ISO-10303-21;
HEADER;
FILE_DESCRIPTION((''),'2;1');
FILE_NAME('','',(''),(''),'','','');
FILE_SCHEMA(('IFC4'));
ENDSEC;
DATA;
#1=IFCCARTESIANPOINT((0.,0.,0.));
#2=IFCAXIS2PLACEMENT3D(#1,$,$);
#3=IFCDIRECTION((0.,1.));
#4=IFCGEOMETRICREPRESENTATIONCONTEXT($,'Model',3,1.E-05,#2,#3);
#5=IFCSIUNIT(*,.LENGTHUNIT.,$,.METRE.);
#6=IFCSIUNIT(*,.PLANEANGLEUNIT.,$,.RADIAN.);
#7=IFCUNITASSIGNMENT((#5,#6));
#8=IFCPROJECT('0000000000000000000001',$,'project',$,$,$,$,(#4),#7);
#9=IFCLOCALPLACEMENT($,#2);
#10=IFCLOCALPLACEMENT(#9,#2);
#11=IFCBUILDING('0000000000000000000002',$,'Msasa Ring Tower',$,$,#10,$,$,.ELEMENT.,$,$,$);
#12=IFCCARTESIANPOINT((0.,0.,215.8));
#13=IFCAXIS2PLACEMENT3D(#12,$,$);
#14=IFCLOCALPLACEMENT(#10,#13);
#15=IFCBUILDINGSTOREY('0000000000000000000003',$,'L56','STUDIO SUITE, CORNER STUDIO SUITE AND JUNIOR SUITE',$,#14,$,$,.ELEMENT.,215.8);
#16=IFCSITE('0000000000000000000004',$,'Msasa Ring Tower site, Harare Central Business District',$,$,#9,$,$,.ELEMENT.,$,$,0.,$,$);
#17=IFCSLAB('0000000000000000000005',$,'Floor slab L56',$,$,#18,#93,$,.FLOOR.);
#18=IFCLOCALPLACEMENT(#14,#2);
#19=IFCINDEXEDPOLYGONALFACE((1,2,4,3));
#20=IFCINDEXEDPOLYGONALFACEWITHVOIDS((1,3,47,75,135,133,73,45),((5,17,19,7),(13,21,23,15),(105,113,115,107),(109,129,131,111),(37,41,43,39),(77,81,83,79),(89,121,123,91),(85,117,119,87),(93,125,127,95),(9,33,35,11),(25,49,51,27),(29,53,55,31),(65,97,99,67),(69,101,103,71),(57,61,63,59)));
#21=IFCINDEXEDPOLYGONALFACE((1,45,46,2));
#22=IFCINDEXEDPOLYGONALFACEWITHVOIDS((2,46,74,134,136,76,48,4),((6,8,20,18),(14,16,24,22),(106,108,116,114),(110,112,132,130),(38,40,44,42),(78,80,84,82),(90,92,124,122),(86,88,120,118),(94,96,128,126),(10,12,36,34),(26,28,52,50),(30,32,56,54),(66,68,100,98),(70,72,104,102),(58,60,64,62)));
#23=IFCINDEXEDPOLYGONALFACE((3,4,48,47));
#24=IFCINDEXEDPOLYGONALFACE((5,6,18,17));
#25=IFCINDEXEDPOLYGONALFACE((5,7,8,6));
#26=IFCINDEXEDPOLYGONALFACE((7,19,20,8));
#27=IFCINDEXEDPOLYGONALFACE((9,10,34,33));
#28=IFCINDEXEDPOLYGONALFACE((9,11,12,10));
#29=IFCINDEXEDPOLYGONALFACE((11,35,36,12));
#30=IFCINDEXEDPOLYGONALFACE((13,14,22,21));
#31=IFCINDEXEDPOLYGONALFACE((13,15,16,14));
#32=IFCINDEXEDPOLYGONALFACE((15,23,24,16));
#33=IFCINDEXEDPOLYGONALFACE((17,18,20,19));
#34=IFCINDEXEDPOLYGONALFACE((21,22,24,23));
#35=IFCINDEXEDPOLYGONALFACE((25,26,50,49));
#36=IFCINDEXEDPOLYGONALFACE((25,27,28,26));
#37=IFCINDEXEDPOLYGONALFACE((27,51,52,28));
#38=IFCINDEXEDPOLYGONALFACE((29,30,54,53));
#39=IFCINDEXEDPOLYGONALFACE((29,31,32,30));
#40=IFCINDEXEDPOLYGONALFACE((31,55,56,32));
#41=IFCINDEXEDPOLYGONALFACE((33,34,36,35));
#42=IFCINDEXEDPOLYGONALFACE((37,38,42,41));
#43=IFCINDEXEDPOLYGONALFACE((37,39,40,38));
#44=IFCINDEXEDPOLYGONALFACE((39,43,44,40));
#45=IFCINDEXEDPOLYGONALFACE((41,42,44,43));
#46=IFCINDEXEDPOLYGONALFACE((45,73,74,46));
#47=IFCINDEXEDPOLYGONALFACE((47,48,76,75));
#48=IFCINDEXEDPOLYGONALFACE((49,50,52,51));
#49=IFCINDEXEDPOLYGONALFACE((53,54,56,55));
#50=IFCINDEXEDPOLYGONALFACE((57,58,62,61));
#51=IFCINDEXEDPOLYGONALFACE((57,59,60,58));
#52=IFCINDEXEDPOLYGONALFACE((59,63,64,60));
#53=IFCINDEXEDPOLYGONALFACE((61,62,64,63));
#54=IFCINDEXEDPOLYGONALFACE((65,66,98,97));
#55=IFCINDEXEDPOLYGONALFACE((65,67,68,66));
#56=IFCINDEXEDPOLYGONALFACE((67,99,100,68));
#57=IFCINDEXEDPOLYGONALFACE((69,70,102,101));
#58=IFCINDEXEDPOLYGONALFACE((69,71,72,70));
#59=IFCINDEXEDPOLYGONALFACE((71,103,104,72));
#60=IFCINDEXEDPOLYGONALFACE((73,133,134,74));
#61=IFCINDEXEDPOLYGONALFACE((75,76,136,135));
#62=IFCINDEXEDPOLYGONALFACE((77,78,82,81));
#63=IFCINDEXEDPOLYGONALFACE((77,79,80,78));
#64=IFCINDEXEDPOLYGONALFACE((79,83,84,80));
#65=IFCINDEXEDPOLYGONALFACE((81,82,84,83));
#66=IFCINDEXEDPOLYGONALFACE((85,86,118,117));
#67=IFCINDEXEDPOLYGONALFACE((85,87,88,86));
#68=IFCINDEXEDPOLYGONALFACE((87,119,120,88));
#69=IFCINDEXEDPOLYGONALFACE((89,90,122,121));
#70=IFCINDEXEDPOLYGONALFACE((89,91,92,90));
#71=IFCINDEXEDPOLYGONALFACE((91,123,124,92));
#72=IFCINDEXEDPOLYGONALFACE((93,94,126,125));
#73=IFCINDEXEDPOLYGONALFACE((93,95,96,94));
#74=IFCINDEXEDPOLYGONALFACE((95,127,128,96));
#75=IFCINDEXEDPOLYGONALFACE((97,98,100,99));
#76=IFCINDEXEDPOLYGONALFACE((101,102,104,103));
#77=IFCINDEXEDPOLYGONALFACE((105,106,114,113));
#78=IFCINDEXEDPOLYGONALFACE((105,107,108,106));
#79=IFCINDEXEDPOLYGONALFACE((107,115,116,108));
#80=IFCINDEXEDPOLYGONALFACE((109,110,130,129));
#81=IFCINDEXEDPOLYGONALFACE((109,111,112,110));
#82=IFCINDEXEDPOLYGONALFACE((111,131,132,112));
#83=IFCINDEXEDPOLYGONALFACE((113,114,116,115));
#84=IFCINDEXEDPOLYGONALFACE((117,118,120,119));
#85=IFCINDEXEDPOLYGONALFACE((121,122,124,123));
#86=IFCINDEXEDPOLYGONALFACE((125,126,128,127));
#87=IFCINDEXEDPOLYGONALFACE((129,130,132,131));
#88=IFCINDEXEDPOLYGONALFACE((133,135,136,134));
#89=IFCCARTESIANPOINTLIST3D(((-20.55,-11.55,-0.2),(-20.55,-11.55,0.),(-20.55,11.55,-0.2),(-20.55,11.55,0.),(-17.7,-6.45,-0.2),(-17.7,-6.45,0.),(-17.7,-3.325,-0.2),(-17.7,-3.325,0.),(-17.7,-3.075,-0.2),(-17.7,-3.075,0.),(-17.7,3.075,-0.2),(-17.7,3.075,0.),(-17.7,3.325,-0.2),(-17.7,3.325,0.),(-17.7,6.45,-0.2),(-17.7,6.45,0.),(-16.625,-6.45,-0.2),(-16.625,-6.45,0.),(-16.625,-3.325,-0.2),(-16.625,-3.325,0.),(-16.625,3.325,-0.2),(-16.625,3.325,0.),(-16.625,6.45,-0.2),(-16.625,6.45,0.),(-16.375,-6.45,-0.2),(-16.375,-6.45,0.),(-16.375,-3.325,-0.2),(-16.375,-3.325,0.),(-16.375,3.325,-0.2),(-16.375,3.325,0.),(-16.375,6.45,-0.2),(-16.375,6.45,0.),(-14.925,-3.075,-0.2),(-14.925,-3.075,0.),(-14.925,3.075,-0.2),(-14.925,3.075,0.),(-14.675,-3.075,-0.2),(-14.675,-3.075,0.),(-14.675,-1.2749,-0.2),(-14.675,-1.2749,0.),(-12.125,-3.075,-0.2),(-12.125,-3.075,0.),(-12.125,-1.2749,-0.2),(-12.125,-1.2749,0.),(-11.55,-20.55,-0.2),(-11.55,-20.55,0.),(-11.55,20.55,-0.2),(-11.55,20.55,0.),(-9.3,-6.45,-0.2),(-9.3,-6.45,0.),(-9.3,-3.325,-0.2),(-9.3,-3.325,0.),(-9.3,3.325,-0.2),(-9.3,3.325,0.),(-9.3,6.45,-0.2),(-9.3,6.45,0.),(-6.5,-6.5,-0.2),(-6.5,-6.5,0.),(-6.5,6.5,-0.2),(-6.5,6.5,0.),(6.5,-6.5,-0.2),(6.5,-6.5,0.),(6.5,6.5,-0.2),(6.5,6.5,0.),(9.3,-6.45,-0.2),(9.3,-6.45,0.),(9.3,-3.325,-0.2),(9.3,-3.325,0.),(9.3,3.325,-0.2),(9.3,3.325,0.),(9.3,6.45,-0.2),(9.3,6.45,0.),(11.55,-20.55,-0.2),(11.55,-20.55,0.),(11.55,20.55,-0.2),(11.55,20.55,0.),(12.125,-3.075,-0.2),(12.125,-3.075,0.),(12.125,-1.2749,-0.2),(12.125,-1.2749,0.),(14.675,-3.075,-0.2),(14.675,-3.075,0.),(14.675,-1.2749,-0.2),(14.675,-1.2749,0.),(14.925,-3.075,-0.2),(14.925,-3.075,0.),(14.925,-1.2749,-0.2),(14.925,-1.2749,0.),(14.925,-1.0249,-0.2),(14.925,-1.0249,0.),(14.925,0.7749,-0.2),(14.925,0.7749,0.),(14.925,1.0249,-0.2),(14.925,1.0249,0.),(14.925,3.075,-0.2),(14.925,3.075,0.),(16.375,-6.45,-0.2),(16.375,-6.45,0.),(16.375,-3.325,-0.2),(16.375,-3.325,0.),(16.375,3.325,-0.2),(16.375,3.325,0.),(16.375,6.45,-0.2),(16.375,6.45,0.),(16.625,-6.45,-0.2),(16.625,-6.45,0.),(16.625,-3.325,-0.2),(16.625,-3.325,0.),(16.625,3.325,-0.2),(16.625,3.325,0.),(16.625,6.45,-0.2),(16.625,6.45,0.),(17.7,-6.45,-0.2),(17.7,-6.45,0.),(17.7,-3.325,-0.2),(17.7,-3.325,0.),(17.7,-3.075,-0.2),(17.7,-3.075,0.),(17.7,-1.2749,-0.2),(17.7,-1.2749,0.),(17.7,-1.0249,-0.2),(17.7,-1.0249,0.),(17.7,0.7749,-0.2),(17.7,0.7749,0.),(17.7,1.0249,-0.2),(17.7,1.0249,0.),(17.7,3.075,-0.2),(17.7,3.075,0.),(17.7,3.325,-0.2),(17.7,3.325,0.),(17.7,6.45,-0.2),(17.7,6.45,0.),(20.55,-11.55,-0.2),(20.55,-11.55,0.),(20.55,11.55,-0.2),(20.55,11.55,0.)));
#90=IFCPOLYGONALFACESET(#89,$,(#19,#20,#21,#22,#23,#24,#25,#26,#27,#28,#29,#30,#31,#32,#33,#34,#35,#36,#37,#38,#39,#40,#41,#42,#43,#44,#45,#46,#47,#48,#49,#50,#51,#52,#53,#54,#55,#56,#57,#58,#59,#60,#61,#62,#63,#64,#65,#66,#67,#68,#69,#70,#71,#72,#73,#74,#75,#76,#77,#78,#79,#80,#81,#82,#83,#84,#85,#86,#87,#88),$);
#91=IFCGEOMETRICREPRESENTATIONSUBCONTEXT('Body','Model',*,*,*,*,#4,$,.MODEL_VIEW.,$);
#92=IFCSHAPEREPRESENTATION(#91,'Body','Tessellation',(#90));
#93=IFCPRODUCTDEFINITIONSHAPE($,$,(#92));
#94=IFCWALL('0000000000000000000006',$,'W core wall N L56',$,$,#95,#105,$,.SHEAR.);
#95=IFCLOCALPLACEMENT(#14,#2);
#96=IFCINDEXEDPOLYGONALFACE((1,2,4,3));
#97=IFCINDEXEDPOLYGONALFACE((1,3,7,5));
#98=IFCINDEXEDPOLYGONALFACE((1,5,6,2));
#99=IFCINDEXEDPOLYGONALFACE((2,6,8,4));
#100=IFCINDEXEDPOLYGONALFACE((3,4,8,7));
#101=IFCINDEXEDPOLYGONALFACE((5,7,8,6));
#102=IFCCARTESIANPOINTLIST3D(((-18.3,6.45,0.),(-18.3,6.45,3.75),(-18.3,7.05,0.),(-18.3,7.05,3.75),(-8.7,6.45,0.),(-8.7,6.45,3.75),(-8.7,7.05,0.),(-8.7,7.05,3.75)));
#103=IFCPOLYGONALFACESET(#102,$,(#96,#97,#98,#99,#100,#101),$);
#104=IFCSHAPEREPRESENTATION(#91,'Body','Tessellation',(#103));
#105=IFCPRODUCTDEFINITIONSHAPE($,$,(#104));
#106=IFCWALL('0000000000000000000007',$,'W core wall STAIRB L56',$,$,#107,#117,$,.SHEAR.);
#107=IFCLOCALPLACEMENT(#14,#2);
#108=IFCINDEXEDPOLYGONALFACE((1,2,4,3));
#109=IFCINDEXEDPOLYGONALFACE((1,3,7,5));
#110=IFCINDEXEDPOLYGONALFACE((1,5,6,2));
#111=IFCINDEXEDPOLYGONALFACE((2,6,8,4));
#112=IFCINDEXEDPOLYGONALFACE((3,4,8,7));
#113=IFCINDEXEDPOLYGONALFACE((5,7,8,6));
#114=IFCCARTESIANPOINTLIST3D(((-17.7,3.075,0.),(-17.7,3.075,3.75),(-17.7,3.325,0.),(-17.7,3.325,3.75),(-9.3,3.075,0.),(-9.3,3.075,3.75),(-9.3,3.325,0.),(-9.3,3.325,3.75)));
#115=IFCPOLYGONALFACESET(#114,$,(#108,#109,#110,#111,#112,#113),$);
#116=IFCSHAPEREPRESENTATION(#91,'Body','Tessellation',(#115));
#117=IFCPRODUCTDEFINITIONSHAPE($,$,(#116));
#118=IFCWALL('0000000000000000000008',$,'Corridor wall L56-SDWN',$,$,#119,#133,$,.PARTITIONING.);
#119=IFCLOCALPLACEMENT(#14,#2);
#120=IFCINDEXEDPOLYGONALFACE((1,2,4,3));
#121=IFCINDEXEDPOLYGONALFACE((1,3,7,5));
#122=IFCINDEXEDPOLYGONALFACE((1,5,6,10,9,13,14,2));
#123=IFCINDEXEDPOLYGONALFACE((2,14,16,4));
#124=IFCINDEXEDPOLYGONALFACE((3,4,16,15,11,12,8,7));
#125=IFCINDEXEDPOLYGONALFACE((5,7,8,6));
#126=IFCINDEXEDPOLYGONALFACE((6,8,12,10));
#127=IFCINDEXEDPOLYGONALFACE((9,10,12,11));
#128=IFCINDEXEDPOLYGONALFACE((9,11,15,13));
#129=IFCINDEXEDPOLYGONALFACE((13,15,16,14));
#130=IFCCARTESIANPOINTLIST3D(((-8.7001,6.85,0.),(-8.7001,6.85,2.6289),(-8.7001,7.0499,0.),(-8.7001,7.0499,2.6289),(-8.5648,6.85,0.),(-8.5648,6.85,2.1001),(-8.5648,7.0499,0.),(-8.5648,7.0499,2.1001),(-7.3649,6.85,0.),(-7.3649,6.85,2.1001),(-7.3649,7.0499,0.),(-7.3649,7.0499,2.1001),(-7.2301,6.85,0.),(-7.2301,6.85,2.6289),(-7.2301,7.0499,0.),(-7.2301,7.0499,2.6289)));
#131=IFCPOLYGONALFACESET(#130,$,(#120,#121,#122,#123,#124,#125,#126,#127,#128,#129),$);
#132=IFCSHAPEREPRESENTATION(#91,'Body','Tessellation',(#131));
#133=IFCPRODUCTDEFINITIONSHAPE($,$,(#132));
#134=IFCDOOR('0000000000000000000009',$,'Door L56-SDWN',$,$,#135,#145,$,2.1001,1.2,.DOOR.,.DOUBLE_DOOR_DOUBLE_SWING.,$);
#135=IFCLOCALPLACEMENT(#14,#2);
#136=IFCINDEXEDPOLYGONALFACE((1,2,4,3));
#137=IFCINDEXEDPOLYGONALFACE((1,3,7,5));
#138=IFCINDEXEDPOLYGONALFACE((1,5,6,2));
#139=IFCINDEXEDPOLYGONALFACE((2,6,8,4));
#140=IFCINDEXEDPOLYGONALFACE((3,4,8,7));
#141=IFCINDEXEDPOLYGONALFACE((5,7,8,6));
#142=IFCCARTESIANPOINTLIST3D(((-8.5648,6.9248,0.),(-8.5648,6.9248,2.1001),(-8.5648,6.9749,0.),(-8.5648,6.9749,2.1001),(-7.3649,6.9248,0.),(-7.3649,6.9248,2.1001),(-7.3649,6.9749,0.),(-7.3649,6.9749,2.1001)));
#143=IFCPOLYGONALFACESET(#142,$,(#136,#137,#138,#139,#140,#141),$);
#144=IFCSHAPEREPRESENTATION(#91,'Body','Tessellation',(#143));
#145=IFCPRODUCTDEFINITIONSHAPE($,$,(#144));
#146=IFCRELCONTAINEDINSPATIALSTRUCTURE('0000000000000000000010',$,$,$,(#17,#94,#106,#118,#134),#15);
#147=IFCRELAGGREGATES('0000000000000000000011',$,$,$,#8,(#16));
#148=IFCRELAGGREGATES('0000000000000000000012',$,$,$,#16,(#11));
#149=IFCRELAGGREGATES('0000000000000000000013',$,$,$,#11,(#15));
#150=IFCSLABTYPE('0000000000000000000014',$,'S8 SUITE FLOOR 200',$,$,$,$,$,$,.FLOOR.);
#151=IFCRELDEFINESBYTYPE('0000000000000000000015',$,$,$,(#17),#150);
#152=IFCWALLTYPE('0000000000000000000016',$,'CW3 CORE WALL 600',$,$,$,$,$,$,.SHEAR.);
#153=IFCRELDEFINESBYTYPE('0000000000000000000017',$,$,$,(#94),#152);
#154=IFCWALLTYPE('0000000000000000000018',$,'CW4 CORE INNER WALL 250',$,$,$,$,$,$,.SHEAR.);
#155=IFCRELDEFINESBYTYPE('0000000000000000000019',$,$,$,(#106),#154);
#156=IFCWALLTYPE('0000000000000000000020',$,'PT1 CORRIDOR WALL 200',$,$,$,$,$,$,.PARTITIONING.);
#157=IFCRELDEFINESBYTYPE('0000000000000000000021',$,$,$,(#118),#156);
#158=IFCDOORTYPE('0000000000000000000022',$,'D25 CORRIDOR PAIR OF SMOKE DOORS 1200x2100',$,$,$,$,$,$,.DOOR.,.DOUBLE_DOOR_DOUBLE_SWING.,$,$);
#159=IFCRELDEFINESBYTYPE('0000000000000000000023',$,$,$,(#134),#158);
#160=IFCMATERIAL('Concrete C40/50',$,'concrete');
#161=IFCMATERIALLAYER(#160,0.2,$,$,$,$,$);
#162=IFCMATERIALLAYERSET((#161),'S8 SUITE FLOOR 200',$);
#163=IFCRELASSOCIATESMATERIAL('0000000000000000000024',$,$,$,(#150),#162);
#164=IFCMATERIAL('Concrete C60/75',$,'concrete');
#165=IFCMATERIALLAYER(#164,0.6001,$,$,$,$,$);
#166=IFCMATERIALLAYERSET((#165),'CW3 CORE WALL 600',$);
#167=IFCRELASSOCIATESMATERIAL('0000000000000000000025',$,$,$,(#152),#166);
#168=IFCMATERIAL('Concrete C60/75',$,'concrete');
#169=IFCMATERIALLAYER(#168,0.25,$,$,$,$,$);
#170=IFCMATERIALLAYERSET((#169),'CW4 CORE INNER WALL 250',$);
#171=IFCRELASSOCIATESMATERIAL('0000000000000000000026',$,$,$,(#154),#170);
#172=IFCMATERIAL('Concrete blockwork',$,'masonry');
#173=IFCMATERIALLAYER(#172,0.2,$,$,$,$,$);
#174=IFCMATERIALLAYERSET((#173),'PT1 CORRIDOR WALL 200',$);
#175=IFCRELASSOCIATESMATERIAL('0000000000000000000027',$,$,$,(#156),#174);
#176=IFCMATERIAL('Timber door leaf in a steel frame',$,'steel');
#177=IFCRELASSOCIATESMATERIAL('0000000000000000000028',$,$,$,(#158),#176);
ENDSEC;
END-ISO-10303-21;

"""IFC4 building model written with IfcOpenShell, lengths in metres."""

from ifc_helpers import new_model, si_unit, direction, frame, frame_2d, origin, place, context, subcontext, project, spatial, polyline, rectangle, outline, extrude, material, layer, layer_set, type_object, element, fill, save


model = new_model("IFC4")

# Units and contexts
model_context = context("Model", 3, precision=1e-05, world=origin(), true_north=direction((0.0, 1.0)))
body_context = subcontext(model_context, "Body", "Model", "MODEL_VIEW")
ifc_project = project(units=[si_unit("LENGTHUNIT", "METRE"), si_unit("PLANEANGLEUNIT", "RADIAN")], contexts=[model_context])

# Site, building, storey
site_placement = place(None, origin())
site = spatial("IfcSite", under=ifc_project, at=site_placement, Name="Msasa Ring Tower site, Harare Central Business District", CompositionType="ELEMENT", RefElevation=0.0)
building_placement = place(site_placement, origin())
building = spatial("IfcBuilding", under=site, at=building_placement, Name="Msasa Ring Tower", CompositionType="ELEMENT")
storey_placement = place(building_placement, frame((0.0, 0.0, 215.8)))
storey = spatial("IfcBuildingStorey", under=building, at=storey_placement, Name="L56", Description="STUDIO SUITE, CORNER STUDIO SUITE AND JUNIOR SUITE", CompositionType="ELEMENT", Elevation=215.8)

# Slab
ifc_material_1 = material(Name="Concrete C40/50", Category="concrete")
ifc_layer_1 = layer(ifc_material_1, 0.2)
ifc_layer_set_1 = layer_set([ifc_layer_1], Name="S8 SUITE FLOOR 200")
slab_type = type_object("IfcSlabType", Name="S8 SUITE FLOOR 200", PredefinedType="FLOOR", material=ifc_layer_set_1)
slab_placement = place(storey_placement, frame((0.0, 0.0, -0.2)))
element("IfcSlab", 1, at=slab_placement, inside=storey, type_object=slab_type, Name="Floor slab L56", PredefinedType="FLOOR", context=body_context, shape_type="SweptSolid", body=[
    extrude(outline(polyline([(-11.55, -20.55), (11.55, -20.55), (20.55, -11.55), (20.55, 11.55), (11.55, 20.55), (-11.55, 20.55), (-20.55, 11.55), (-20.55, -11.55), (-11.55, -20.55)]), holes=[polyline([(-6.5, -6.5), (6.5, -6.5), (6.5, 6.5), (-6.5, 6.5), (-6.5, -6.5)]), polyline([(9.3, -6.45), (16.375, -6.45), (16.375, -3.325), (9.3, -3.325), (9.3, -6.45)]), polyline([(9.3, 3.325), (16.375, 3.325), (16.375, 6.45), (9.3, 6.45), (9.3, 3.325)]), polyline([(12.125, -3.075), (14.675, -3.075), (14.675, -1.2749), (12.125, -1.2749), (12.125, -3.075)]), polyline([(16.625, -6.45), (17.7, -6.45), (17.7, -3.325), (16.625, -3.325), (16.625, -6.45)]), polyline([(16.625, 3.325), (17.7, 3.325), (17.7, 6.45), (16.625, 6.45), (16.625, 3.325)]), polyline([(14.925, -3.075), (17.7, -3.075), (17.7, -1.2749), (14.925, -1.2749), (14.925, -3.075)]), polyline([(14.925, -1.0249), (17.7, -1.0249), (17.7, 0.7749), (14.925, 0.7749), (14.925, -1.0249)]), polyline([(14.925, 1.0249), (17.7, 1.0249), (17.7, 3.075), (14.925, 3.075), (14.925, 1.0249)]), polyline([(-16.375, -6.45), (-9.3, -6.45), (-9.3, -3.325), (-16.375, -3.325), (-16.375, -6.45)]), polyline([(-16.375, 3.325), (-9.3, 3.325), (-9.3, 6.45), (-16.375, 6.45), (-16.375, 3.325)]), polyline([(-14.675, -3.075), (-12.125, -3.075), (-12.125, -1.2749), (-14.675, -1.2749), (-14.675, -3.075)]), polyline([(-17.7, -6.45), (-16.625, -6.45), (-16.625, -3.325), (-17.7, -3.325), (-17.7, -6.45)]), polyline([(-17.7, 3.325), (-16.625, 3.325), (-16.625, 6.45), (-17.7, 6.45), (-17.7, 3.325)]), polyline([(-17.7, -3.075), (-14.925, -3.075), (-14.925, 3.075), (-17.7, 3.075), (-17.7, -3.075)])]), origin(), (0.0, 0.0, 1.0), 0.2),
])

# Walls
ifc_material_2 = material(Name="Concrete C60/75", Category="concrete")
ifc_layer_2 = layer(ifc_material_2, 0.6001)
ifc_layer_set_2 = layer_set([ifc_layer_2], Name="CW3 CORE WALL 600")
wall_type_1 = type_object("IfcWallType", Name="CW3 CORE WALL 600", PredefinedType="SHEAR", material=ifc_layer_set_2)
wall_1_placement = place(storey_placement, frame((-8.7, 6.75, 0.0), z_axis=(0.0, 0.0, 1.0), x_axis=(-1.0, 0.0, 0.0)))
element("IfcWall", 2, at=wall_1_placement, inside=storey, type_object=wall_type_1, Name="W core wall N L56", PredefinedType="SHEAR", context=body_context, shape_type="SweptSolid", body=[
    extrude(rectangle(XDim=9.6001, YDim=0.6001, at=frame_2d((4.8, 0.0))), origin(), (0.0, 0.0, 1.0), 3.75),
])
ifc_material_3 = material(Name="Concrete C60/75", Category="concrete")
ifc_layer_3 = layer(ifc_material_3, 0.25)
ifc_layer_set_3 = layer_set([ifc_layer_3], Name="CW4 CORE INNER WALL 250")
wall_type_2 = type_object("IfcWallType", Name="CW4 CORE INNER WALL 250", PredefinedType="SHEAR", material=ifc_layer_set_3)
wall_2_placement = place(storey_placement, frame((-9.3, 3.2, 0.0), z_axis=(0.0, 0.0, 1.0), x_axis=(-1.0, 0.0, 0.0)))
element("IfcWall", 3, at=wall_2_placement, inside=storey, type_object=wall_type_2, Name="W core wall STAIRB L56", PredefinedType="SHEAR", context=body_context, shape_type="SweptSolid", body=[
    extrude(rectangle(XDim=8.3999, YDim=0.25, at=frame_2d((4.2, 0.0))), origin(), (0.0, 0.0, 1.0), 3.75),
])

# Wall, opening, door
ifc_material_4 = material(Name="Concrete blockwork", Category="masonry")
ifc_layer_4 = layer(ifc_material_4, 0.2)
ifc_layer_set_4 = layer_set([ifc_layer_4], Name="PT1 CORRIDOR WALL 200")
wall_type_3 = type_object("IfcWallType", Name="PT1 CORRIDOR WALL 200", PredefinedType="PARTITIONING", material=ifc_layer_set_4)
wall_3_placement = place(storey_placement, frame((-8.7, 6.95, 0.0), z_axis=(0.0, 0.0, 1.0), x_axis=(1.0, 0.0, 0.0)))
wall_3 = element("IfcWall", 4, at=wall_3_placement, inside=storey, type_object=wall_type_3, Name="Corridor wall L56-SDWN", PredefinedType="PARTITIONING", context=body_context, shape_type="SweptSolid", body=[
    extrude(rectangle(XDim=1.47, YDim=0.2, at=frame_2d((0.7349, 0.0))), origin(), (0.0, 0.0, 1.0), 2.6289),
])
opening_placement = place(wall_3_placement, frame((0.135, 0.0, 0.0)))
opening = element("IfcOpeningElement", 5, at=opening_placement, cuts=wall_3, PredefinedType="OPENING", context=body_context, shape_type="SweptSolid", body=[
    extrude(rectangle(XDim=1.2, YDim=2.1001, at=frame_2d((0.6001, 1.05))), frame((0.0, 0.1099, 0.0), z_axis=(0.0, -1.0, 0.0), x_axis=(1.0, 0.0, 0.0)), (0.0, 0.0, 1.0), 0.22),
])
ifc_material_5 = material(Name="Timber door leaf in a steel frame", Category="steel")
door_type = type_object("IfcDoorType", Name="D25 CORRIDOR PAIR OF SMOKE DOORS 1200x2100", OperationType="DOUBLE_DOOR_DOUBLE_SWING", PredefinedType="DOOR", material=ifc_material_5)
door_placement = place(opening_placement, origin())
door = element("IfcDoor", 6, at=door_placement, inside=storey, type_object=door_type, Name="Door L56-SDWN", OperationType="DOUBLE_DOOR_DOUBLE_SWING", OverallHeight=2.1001, OverallWidth=1.2, PredefinedType="DOOR", context=body_context, shape_type="SweptSolid", body=[
    extrude(rectangle(XDim=1.2, YDim=2.1001, at=frame_2d((0.6001, 1.05))), frame((0.0, 0.0249, 0.0), z_axis=(0.0, -1.0, 0.0), x_axis=(1.0, 0.0, 0.0)), (0.0, 0.0, 1.0), 0.05),
])
fill(opening, door)

save(model, "model.ifc")
